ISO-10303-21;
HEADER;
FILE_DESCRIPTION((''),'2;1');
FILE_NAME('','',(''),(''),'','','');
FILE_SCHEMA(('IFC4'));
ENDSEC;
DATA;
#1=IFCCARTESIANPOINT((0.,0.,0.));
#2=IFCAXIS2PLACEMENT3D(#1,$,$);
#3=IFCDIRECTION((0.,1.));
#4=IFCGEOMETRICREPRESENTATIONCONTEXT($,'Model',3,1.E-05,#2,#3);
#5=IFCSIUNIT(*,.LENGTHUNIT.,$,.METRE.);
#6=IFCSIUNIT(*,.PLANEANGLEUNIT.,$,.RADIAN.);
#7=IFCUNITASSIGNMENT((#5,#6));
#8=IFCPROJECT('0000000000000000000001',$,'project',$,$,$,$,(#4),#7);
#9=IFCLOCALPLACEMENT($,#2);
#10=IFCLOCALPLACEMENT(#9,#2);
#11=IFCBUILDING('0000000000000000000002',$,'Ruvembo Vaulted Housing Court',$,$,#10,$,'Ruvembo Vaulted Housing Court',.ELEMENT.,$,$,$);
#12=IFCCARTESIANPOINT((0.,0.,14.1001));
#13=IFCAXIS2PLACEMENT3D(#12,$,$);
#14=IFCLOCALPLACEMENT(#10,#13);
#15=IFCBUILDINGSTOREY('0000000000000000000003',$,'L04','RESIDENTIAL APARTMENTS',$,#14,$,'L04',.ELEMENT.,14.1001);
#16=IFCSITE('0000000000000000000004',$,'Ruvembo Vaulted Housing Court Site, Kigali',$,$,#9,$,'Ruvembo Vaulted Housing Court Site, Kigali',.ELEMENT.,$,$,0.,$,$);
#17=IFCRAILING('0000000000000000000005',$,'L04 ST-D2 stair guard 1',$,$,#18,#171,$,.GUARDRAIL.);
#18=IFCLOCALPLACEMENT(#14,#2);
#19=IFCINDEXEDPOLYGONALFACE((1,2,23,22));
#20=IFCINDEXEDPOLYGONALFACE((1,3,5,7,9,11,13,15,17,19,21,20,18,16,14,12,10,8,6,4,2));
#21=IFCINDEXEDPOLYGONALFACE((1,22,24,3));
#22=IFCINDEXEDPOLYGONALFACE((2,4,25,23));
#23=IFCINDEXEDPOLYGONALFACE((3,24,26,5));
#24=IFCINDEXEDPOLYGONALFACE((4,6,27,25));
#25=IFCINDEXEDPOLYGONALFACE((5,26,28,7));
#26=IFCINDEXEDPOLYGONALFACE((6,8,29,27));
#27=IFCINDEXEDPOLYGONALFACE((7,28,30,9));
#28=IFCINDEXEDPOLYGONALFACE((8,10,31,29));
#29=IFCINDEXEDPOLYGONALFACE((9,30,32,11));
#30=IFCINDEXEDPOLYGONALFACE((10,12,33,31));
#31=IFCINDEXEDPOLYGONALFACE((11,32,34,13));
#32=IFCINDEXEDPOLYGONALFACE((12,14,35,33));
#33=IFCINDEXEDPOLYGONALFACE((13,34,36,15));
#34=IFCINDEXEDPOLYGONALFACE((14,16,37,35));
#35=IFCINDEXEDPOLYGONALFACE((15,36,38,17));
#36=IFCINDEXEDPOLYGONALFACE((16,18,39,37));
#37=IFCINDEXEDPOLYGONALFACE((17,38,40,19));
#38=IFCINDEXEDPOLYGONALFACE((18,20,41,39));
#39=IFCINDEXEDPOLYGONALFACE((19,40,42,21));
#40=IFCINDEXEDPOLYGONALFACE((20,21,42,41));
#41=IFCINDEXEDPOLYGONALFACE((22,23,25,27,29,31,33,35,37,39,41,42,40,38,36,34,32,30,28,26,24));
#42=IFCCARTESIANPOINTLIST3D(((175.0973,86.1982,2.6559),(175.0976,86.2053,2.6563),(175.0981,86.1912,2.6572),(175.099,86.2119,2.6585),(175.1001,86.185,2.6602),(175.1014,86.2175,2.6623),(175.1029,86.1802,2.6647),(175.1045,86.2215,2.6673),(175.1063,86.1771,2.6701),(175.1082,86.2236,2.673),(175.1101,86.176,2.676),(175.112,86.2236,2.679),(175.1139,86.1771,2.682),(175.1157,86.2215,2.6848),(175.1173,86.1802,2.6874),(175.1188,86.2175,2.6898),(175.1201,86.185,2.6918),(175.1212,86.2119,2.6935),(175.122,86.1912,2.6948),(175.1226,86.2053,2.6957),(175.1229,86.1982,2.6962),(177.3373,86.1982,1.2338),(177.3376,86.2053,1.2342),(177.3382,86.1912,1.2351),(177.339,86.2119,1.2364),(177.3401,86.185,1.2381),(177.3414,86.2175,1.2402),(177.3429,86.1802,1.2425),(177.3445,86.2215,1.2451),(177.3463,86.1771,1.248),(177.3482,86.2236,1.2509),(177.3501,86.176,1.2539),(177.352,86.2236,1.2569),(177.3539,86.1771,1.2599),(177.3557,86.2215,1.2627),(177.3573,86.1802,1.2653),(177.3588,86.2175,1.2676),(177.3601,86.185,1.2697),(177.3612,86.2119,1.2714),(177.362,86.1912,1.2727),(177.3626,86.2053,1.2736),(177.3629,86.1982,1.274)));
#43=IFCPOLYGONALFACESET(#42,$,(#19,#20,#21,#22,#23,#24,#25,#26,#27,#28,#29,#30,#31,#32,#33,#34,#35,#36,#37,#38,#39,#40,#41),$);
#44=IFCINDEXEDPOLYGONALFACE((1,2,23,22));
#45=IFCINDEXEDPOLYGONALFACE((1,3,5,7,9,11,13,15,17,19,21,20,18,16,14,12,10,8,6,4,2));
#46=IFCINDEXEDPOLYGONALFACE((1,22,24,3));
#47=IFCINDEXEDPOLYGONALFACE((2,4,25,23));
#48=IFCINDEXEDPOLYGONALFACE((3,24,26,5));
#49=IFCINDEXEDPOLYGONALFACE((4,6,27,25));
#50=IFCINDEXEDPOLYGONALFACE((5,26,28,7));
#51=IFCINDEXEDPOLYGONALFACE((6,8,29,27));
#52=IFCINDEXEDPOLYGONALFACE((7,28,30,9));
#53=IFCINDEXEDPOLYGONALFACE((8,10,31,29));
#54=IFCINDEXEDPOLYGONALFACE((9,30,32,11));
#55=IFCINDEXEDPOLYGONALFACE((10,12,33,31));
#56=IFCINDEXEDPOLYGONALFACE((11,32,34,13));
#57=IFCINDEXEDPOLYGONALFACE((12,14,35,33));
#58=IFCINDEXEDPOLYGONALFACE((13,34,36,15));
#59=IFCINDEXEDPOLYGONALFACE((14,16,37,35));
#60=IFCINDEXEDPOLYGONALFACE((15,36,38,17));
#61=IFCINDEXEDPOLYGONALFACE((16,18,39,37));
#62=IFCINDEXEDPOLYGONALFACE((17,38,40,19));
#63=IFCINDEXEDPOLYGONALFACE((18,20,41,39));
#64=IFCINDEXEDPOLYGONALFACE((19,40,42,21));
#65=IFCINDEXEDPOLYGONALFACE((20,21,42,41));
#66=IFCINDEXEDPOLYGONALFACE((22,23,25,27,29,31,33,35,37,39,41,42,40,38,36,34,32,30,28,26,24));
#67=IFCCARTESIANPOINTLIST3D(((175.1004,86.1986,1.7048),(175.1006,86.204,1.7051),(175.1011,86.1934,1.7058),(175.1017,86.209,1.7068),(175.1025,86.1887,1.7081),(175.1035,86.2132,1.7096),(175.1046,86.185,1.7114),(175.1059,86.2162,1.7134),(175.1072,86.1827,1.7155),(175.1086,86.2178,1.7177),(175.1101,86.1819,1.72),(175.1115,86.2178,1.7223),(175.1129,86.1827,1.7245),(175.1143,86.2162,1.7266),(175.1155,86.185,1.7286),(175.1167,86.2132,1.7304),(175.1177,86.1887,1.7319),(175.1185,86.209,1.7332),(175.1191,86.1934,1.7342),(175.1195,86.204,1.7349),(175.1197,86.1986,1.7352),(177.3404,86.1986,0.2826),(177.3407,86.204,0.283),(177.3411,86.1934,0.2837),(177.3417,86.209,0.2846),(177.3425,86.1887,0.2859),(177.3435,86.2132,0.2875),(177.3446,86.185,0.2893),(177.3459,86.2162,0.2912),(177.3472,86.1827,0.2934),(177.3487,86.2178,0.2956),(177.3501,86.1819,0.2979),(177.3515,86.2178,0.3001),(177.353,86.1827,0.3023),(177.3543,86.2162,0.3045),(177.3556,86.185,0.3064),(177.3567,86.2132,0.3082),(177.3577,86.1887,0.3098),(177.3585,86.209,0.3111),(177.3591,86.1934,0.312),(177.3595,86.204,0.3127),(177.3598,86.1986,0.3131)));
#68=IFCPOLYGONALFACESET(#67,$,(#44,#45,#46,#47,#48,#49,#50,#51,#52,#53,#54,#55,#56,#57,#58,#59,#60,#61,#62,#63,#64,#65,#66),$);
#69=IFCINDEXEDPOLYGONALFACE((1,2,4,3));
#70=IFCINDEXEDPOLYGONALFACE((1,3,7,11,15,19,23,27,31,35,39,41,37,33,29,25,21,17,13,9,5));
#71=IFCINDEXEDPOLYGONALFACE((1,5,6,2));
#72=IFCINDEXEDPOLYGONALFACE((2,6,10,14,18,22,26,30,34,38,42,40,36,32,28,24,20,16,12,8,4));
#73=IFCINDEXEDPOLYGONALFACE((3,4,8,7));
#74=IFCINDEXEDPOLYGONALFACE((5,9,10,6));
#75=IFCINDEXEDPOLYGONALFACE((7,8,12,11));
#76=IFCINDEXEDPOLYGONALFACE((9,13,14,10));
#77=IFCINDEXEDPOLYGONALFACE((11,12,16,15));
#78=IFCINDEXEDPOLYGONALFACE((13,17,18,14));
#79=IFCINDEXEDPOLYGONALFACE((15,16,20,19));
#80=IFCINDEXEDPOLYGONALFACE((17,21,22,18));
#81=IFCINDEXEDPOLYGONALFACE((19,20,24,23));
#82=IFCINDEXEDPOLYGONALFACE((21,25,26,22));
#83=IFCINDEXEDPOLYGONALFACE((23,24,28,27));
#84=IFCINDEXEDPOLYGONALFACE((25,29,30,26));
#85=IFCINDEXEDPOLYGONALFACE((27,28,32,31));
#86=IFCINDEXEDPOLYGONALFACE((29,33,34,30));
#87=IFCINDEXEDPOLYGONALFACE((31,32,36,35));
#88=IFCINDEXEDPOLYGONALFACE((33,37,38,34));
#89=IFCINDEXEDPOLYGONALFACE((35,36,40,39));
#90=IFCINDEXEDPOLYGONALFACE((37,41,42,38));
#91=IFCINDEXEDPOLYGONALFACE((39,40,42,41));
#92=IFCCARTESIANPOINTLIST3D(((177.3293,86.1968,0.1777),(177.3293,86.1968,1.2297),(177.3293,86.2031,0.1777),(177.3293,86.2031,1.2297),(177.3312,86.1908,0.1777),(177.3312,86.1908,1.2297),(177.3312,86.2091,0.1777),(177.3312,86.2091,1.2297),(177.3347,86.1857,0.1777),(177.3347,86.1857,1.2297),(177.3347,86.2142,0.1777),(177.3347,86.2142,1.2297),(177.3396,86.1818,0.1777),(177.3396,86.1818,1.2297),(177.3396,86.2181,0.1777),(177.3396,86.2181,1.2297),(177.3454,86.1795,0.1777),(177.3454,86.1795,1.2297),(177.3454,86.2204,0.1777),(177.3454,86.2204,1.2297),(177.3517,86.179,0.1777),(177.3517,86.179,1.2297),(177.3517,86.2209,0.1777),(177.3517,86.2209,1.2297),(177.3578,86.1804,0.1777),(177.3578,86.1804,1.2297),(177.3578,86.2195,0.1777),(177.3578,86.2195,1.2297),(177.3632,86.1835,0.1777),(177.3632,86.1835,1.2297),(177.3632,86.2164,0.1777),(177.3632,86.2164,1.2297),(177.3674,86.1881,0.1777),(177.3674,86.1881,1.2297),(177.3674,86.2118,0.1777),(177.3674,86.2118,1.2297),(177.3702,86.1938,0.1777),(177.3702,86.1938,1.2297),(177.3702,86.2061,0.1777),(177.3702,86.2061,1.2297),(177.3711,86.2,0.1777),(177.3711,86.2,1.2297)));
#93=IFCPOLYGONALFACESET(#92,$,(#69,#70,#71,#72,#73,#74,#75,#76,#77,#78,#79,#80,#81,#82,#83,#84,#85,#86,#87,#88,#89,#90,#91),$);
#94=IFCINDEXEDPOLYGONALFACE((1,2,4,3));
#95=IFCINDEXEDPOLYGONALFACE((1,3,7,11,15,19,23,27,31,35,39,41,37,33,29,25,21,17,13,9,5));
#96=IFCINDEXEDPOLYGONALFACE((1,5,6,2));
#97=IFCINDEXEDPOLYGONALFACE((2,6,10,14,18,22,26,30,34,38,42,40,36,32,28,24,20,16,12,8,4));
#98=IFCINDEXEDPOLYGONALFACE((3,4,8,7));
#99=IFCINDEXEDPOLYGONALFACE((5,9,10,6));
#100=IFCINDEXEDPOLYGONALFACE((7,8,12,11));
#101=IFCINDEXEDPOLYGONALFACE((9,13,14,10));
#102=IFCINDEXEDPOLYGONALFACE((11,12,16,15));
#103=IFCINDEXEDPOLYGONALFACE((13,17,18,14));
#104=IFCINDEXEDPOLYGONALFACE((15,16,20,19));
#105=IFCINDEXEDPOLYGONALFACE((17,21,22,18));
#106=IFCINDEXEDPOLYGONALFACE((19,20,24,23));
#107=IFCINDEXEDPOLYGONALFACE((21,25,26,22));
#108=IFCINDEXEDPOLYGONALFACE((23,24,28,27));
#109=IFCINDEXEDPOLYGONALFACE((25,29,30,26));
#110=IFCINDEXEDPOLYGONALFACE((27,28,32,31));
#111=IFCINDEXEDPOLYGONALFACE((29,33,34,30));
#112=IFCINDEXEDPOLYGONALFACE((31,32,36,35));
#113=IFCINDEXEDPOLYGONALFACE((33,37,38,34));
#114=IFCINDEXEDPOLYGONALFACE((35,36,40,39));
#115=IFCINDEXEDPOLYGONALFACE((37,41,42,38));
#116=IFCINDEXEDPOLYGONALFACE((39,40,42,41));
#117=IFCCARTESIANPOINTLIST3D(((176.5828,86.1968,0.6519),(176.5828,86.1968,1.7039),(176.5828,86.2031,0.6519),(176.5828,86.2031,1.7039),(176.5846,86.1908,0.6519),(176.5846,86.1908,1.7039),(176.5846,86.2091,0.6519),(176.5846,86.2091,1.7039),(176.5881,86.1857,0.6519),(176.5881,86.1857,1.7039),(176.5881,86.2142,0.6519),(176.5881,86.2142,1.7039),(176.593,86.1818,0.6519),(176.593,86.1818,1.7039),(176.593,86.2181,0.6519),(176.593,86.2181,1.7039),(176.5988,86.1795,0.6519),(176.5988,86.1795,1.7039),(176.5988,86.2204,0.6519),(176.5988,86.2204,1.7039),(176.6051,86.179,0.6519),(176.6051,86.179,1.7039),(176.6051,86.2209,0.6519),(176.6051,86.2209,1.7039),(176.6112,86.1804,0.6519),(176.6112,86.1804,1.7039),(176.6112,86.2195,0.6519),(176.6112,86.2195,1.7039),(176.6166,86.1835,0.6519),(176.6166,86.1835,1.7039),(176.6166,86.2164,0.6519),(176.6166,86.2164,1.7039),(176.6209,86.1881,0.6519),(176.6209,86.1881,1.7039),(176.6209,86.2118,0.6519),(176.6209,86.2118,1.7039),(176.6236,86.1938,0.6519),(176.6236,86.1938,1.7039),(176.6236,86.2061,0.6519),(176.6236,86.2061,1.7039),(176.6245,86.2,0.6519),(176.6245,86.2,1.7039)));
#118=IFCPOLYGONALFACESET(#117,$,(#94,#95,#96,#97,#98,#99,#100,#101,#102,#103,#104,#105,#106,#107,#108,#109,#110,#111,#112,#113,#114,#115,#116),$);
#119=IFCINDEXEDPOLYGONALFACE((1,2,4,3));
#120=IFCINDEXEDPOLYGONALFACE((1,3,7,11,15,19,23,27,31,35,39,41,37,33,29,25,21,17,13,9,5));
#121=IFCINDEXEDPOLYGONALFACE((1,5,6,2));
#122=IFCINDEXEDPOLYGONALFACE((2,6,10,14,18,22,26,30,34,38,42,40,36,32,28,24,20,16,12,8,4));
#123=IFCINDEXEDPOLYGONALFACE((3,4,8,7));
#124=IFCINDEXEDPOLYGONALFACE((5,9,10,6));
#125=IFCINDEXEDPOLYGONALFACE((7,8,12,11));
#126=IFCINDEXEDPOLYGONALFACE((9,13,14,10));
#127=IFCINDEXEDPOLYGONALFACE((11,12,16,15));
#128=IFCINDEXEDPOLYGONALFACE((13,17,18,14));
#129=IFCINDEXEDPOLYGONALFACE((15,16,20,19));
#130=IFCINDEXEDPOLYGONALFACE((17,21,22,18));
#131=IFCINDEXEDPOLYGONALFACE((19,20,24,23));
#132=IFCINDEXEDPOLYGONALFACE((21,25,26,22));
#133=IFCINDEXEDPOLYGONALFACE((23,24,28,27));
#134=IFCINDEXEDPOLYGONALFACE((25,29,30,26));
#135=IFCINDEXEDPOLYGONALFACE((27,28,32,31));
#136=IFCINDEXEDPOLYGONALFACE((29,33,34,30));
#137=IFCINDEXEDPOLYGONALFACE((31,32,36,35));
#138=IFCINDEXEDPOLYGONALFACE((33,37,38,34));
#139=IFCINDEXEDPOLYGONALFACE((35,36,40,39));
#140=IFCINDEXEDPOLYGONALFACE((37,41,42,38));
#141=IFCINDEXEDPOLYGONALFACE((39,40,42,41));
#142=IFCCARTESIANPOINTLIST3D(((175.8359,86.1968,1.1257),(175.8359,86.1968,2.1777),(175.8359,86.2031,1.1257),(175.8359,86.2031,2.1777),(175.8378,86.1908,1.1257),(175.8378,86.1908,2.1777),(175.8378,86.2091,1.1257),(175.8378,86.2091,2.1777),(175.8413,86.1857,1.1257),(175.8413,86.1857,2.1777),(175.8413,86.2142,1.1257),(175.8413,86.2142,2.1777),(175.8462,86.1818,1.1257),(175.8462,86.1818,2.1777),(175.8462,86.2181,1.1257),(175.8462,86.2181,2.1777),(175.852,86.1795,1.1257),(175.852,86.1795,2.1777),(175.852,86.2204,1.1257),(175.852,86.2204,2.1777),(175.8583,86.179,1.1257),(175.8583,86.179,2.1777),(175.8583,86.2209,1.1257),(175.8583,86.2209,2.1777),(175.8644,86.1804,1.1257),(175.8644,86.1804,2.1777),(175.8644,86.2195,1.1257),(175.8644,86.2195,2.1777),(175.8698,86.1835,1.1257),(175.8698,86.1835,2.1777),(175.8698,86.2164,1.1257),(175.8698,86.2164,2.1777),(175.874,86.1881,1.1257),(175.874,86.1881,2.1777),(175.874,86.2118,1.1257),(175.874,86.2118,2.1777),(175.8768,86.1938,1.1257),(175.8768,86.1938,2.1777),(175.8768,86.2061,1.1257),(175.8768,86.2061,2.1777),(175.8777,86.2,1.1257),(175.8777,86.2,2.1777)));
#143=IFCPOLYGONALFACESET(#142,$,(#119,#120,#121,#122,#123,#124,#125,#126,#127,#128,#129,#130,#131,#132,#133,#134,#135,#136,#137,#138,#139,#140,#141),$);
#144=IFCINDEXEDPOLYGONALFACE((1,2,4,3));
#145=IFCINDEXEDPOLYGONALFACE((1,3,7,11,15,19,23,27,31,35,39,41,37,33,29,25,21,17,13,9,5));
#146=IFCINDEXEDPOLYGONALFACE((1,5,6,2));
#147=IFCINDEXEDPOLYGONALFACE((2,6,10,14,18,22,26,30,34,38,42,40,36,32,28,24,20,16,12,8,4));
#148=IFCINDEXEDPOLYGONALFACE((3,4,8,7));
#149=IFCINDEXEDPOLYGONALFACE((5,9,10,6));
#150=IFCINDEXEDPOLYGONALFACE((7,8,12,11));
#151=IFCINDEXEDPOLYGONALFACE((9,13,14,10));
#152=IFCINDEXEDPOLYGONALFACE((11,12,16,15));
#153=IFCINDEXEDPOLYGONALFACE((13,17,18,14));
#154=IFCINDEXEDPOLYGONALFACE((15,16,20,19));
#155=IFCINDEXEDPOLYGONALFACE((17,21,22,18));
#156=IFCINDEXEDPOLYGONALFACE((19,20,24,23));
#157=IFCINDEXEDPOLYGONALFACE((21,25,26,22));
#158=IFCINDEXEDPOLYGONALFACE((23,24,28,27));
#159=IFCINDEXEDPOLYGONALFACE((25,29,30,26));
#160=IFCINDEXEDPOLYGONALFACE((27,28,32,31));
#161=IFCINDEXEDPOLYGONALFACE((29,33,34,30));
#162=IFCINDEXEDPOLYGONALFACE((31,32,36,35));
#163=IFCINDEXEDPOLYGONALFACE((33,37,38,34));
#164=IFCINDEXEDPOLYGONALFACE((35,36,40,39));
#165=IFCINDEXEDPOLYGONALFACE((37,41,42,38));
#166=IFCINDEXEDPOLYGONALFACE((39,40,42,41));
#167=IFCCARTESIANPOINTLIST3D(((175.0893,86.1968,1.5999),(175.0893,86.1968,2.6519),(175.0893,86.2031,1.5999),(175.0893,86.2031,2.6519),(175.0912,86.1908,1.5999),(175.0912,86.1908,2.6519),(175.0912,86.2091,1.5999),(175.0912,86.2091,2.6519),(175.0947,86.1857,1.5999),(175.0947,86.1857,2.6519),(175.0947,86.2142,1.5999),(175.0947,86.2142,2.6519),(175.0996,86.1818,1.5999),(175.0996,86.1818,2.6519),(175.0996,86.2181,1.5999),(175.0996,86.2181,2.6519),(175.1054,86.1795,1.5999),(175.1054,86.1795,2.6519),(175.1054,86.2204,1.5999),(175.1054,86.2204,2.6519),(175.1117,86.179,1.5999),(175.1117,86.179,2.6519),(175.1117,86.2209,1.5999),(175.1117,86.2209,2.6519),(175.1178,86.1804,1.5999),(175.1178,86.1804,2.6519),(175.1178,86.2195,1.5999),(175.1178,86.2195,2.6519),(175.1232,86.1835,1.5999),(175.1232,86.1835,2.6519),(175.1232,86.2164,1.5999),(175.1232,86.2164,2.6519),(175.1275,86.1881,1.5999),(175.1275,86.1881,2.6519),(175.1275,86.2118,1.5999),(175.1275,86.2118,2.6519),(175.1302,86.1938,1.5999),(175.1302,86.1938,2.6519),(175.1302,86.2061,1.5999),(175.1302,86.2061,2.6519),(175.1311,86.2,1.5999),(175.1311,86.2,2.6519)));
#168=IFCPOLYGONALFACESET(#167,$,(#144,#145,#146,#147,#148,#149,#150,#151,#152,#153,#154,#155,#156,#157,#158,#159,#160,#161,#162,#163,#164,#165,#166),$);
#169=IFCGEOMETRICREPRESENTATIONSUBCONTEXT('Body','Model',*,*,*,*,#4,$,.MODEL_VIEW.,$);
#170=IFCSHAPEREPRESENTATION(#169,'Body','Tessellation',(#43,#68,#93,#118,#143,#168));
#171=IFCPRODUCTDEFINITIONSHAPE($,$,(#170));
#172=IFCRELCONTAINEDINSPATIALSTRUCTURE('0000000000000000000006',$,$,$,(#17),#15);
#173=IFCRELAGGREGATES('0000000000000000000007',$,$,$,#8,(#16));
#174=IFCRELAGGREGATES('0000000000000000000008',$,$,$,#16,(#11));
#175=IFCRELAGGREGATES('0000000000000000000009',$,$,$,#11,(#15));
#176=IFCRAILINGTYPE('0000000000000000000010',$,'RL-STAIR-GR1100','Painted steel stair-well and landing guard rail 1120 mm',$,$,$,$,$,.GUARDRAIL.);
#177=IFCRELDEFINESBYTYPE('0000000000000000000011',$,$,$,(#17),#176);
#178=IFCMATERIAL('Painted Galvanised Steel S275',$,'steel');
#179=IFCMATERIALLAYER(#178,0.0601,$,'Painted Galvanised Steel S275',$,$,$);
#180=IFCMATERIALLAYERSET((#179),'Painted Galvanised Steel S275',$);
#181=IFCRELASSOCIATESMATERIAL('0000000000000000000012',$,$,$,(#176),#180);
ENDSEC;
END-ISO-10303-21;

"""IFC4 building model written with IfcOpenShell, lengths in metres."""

from ifc_helpers import new_model, si_unit, direction, frame, origin, origin_2d, place, context, subcontext, project, spatial, circle, extrude, material, layer, layer_set, type_object, element, save


model = new_model("IFC4")

# Units and contexts
model_context = context("Model", 3, precision=1e-05, world=origin(), true_north=direction((0.0, 1.0)))
body_context = subcontext(model_context, "Body", "Model", "MODEL_VIEW")
ifc_project = project(units=[si_unit("LENGTHUNIT", "METRE"), si_unit("PLANEANGLEUNIT", "RADIAN")], contexts=[model_context])

# Site, building, storey
site_placement = place(None, origin())
site = spatial("IfcSite", under=ifc_project, at=site_placement, Name="Ruvembo Vaulted Housing Court Site, Kigali", LongName="Ruvembo Vaulted Housing Court Site, Kigali", CompositionType="ELEMENT", RefElevation=0.0)
building_placement = place(site_placement, origin())
building = spatial("IfcBuilding", under=site, at=building_placement, Name="Ruvembo Vaulted Housing Court", LongName="Ruvembo Vaulted Housing Court", CompositionType="ELEMENT")
storey_placement = place(building_placement, frame((0.0, 0.0, 14.1001)))
storey = spatial("IfcBuildingStorey", under=building, at=storey_placement, Name="L04", Description="RESIDENTIAL APARTMENTS", LongName="L04", CompositionType="ELEMENT", Elevation=14.1001)

# Railing
ifc_material_1 = material(Name="Painted Galvanised Steel S275", Category="steel")
ifc_layer_1 = layer(ifc_material_1, 0.0601, Name="Painted Galvanised Steel S275")
ifc_layer_set_1 = layer_set([ifc_layer_1], Name="Painted Galvanised Steel S275")
railing_type_1 = type_object("IfcRailingType", Name="RL-STAIR-GR1100", Description="Painted steel stair-well and landing guard rail 1120 mm", PredefinedType="GUARDRAIL", material=ifc_layer_set_1)
railing_1_placement = place(storey_placement, frame((177.3501, 86.2, 0.1777)))
element("IfcRailing", 1, at=railing_1_placement, inside=storey, type_object=railing_type_1, Name="L04 ST-D2 stair guard 1", PredefinedType="GUARDRAIL", context=body_context, shape_type="SweptSolid", body=[
    extrude(circle(Radius=0.0239, at=origin_2d()), frame((0.0, 0.0, 1.0762), z_axis=(-0.844229, 0.0, 0.535982), x_axis=(0.0, -1.0, 0.0)), (0.0, 0.0, 1.0), 2.6533),
    extrude(circle(Radius=0.0181, at=origin_2d()), frame((0.0, 0.0, 0.1201), z_axis=(-0.844229, 0.0, 0.535982), x_axis=(0.0, -1.0, 0.0)), (0.0, 0.0, 1.0), 2.6533),
    extrude(circle(Radius=0.021, at=origin_2d()), origin(), (0.0, 0.0, 1.0), 1.052),
    extrude(circle(Radius=0.021, at=origin_2d()), frame((-0.7466, 0.0, 0.4741)), (0.0, 0.0, 1.0), 1.052),
    extrude(circle(Radius=0.021, at=origin_2d()), frame((-1.4934, 0.0, 0.948)), (0.0, 0.0, 1.0), 1.052),
    extrude(circle(Radius=0.021, at=origin_2d()), frame((-2.24, 0.0, 1.4221)), (0.0, 0.0, 1.0), 1.052),
])

save(model, "model.ifc")
